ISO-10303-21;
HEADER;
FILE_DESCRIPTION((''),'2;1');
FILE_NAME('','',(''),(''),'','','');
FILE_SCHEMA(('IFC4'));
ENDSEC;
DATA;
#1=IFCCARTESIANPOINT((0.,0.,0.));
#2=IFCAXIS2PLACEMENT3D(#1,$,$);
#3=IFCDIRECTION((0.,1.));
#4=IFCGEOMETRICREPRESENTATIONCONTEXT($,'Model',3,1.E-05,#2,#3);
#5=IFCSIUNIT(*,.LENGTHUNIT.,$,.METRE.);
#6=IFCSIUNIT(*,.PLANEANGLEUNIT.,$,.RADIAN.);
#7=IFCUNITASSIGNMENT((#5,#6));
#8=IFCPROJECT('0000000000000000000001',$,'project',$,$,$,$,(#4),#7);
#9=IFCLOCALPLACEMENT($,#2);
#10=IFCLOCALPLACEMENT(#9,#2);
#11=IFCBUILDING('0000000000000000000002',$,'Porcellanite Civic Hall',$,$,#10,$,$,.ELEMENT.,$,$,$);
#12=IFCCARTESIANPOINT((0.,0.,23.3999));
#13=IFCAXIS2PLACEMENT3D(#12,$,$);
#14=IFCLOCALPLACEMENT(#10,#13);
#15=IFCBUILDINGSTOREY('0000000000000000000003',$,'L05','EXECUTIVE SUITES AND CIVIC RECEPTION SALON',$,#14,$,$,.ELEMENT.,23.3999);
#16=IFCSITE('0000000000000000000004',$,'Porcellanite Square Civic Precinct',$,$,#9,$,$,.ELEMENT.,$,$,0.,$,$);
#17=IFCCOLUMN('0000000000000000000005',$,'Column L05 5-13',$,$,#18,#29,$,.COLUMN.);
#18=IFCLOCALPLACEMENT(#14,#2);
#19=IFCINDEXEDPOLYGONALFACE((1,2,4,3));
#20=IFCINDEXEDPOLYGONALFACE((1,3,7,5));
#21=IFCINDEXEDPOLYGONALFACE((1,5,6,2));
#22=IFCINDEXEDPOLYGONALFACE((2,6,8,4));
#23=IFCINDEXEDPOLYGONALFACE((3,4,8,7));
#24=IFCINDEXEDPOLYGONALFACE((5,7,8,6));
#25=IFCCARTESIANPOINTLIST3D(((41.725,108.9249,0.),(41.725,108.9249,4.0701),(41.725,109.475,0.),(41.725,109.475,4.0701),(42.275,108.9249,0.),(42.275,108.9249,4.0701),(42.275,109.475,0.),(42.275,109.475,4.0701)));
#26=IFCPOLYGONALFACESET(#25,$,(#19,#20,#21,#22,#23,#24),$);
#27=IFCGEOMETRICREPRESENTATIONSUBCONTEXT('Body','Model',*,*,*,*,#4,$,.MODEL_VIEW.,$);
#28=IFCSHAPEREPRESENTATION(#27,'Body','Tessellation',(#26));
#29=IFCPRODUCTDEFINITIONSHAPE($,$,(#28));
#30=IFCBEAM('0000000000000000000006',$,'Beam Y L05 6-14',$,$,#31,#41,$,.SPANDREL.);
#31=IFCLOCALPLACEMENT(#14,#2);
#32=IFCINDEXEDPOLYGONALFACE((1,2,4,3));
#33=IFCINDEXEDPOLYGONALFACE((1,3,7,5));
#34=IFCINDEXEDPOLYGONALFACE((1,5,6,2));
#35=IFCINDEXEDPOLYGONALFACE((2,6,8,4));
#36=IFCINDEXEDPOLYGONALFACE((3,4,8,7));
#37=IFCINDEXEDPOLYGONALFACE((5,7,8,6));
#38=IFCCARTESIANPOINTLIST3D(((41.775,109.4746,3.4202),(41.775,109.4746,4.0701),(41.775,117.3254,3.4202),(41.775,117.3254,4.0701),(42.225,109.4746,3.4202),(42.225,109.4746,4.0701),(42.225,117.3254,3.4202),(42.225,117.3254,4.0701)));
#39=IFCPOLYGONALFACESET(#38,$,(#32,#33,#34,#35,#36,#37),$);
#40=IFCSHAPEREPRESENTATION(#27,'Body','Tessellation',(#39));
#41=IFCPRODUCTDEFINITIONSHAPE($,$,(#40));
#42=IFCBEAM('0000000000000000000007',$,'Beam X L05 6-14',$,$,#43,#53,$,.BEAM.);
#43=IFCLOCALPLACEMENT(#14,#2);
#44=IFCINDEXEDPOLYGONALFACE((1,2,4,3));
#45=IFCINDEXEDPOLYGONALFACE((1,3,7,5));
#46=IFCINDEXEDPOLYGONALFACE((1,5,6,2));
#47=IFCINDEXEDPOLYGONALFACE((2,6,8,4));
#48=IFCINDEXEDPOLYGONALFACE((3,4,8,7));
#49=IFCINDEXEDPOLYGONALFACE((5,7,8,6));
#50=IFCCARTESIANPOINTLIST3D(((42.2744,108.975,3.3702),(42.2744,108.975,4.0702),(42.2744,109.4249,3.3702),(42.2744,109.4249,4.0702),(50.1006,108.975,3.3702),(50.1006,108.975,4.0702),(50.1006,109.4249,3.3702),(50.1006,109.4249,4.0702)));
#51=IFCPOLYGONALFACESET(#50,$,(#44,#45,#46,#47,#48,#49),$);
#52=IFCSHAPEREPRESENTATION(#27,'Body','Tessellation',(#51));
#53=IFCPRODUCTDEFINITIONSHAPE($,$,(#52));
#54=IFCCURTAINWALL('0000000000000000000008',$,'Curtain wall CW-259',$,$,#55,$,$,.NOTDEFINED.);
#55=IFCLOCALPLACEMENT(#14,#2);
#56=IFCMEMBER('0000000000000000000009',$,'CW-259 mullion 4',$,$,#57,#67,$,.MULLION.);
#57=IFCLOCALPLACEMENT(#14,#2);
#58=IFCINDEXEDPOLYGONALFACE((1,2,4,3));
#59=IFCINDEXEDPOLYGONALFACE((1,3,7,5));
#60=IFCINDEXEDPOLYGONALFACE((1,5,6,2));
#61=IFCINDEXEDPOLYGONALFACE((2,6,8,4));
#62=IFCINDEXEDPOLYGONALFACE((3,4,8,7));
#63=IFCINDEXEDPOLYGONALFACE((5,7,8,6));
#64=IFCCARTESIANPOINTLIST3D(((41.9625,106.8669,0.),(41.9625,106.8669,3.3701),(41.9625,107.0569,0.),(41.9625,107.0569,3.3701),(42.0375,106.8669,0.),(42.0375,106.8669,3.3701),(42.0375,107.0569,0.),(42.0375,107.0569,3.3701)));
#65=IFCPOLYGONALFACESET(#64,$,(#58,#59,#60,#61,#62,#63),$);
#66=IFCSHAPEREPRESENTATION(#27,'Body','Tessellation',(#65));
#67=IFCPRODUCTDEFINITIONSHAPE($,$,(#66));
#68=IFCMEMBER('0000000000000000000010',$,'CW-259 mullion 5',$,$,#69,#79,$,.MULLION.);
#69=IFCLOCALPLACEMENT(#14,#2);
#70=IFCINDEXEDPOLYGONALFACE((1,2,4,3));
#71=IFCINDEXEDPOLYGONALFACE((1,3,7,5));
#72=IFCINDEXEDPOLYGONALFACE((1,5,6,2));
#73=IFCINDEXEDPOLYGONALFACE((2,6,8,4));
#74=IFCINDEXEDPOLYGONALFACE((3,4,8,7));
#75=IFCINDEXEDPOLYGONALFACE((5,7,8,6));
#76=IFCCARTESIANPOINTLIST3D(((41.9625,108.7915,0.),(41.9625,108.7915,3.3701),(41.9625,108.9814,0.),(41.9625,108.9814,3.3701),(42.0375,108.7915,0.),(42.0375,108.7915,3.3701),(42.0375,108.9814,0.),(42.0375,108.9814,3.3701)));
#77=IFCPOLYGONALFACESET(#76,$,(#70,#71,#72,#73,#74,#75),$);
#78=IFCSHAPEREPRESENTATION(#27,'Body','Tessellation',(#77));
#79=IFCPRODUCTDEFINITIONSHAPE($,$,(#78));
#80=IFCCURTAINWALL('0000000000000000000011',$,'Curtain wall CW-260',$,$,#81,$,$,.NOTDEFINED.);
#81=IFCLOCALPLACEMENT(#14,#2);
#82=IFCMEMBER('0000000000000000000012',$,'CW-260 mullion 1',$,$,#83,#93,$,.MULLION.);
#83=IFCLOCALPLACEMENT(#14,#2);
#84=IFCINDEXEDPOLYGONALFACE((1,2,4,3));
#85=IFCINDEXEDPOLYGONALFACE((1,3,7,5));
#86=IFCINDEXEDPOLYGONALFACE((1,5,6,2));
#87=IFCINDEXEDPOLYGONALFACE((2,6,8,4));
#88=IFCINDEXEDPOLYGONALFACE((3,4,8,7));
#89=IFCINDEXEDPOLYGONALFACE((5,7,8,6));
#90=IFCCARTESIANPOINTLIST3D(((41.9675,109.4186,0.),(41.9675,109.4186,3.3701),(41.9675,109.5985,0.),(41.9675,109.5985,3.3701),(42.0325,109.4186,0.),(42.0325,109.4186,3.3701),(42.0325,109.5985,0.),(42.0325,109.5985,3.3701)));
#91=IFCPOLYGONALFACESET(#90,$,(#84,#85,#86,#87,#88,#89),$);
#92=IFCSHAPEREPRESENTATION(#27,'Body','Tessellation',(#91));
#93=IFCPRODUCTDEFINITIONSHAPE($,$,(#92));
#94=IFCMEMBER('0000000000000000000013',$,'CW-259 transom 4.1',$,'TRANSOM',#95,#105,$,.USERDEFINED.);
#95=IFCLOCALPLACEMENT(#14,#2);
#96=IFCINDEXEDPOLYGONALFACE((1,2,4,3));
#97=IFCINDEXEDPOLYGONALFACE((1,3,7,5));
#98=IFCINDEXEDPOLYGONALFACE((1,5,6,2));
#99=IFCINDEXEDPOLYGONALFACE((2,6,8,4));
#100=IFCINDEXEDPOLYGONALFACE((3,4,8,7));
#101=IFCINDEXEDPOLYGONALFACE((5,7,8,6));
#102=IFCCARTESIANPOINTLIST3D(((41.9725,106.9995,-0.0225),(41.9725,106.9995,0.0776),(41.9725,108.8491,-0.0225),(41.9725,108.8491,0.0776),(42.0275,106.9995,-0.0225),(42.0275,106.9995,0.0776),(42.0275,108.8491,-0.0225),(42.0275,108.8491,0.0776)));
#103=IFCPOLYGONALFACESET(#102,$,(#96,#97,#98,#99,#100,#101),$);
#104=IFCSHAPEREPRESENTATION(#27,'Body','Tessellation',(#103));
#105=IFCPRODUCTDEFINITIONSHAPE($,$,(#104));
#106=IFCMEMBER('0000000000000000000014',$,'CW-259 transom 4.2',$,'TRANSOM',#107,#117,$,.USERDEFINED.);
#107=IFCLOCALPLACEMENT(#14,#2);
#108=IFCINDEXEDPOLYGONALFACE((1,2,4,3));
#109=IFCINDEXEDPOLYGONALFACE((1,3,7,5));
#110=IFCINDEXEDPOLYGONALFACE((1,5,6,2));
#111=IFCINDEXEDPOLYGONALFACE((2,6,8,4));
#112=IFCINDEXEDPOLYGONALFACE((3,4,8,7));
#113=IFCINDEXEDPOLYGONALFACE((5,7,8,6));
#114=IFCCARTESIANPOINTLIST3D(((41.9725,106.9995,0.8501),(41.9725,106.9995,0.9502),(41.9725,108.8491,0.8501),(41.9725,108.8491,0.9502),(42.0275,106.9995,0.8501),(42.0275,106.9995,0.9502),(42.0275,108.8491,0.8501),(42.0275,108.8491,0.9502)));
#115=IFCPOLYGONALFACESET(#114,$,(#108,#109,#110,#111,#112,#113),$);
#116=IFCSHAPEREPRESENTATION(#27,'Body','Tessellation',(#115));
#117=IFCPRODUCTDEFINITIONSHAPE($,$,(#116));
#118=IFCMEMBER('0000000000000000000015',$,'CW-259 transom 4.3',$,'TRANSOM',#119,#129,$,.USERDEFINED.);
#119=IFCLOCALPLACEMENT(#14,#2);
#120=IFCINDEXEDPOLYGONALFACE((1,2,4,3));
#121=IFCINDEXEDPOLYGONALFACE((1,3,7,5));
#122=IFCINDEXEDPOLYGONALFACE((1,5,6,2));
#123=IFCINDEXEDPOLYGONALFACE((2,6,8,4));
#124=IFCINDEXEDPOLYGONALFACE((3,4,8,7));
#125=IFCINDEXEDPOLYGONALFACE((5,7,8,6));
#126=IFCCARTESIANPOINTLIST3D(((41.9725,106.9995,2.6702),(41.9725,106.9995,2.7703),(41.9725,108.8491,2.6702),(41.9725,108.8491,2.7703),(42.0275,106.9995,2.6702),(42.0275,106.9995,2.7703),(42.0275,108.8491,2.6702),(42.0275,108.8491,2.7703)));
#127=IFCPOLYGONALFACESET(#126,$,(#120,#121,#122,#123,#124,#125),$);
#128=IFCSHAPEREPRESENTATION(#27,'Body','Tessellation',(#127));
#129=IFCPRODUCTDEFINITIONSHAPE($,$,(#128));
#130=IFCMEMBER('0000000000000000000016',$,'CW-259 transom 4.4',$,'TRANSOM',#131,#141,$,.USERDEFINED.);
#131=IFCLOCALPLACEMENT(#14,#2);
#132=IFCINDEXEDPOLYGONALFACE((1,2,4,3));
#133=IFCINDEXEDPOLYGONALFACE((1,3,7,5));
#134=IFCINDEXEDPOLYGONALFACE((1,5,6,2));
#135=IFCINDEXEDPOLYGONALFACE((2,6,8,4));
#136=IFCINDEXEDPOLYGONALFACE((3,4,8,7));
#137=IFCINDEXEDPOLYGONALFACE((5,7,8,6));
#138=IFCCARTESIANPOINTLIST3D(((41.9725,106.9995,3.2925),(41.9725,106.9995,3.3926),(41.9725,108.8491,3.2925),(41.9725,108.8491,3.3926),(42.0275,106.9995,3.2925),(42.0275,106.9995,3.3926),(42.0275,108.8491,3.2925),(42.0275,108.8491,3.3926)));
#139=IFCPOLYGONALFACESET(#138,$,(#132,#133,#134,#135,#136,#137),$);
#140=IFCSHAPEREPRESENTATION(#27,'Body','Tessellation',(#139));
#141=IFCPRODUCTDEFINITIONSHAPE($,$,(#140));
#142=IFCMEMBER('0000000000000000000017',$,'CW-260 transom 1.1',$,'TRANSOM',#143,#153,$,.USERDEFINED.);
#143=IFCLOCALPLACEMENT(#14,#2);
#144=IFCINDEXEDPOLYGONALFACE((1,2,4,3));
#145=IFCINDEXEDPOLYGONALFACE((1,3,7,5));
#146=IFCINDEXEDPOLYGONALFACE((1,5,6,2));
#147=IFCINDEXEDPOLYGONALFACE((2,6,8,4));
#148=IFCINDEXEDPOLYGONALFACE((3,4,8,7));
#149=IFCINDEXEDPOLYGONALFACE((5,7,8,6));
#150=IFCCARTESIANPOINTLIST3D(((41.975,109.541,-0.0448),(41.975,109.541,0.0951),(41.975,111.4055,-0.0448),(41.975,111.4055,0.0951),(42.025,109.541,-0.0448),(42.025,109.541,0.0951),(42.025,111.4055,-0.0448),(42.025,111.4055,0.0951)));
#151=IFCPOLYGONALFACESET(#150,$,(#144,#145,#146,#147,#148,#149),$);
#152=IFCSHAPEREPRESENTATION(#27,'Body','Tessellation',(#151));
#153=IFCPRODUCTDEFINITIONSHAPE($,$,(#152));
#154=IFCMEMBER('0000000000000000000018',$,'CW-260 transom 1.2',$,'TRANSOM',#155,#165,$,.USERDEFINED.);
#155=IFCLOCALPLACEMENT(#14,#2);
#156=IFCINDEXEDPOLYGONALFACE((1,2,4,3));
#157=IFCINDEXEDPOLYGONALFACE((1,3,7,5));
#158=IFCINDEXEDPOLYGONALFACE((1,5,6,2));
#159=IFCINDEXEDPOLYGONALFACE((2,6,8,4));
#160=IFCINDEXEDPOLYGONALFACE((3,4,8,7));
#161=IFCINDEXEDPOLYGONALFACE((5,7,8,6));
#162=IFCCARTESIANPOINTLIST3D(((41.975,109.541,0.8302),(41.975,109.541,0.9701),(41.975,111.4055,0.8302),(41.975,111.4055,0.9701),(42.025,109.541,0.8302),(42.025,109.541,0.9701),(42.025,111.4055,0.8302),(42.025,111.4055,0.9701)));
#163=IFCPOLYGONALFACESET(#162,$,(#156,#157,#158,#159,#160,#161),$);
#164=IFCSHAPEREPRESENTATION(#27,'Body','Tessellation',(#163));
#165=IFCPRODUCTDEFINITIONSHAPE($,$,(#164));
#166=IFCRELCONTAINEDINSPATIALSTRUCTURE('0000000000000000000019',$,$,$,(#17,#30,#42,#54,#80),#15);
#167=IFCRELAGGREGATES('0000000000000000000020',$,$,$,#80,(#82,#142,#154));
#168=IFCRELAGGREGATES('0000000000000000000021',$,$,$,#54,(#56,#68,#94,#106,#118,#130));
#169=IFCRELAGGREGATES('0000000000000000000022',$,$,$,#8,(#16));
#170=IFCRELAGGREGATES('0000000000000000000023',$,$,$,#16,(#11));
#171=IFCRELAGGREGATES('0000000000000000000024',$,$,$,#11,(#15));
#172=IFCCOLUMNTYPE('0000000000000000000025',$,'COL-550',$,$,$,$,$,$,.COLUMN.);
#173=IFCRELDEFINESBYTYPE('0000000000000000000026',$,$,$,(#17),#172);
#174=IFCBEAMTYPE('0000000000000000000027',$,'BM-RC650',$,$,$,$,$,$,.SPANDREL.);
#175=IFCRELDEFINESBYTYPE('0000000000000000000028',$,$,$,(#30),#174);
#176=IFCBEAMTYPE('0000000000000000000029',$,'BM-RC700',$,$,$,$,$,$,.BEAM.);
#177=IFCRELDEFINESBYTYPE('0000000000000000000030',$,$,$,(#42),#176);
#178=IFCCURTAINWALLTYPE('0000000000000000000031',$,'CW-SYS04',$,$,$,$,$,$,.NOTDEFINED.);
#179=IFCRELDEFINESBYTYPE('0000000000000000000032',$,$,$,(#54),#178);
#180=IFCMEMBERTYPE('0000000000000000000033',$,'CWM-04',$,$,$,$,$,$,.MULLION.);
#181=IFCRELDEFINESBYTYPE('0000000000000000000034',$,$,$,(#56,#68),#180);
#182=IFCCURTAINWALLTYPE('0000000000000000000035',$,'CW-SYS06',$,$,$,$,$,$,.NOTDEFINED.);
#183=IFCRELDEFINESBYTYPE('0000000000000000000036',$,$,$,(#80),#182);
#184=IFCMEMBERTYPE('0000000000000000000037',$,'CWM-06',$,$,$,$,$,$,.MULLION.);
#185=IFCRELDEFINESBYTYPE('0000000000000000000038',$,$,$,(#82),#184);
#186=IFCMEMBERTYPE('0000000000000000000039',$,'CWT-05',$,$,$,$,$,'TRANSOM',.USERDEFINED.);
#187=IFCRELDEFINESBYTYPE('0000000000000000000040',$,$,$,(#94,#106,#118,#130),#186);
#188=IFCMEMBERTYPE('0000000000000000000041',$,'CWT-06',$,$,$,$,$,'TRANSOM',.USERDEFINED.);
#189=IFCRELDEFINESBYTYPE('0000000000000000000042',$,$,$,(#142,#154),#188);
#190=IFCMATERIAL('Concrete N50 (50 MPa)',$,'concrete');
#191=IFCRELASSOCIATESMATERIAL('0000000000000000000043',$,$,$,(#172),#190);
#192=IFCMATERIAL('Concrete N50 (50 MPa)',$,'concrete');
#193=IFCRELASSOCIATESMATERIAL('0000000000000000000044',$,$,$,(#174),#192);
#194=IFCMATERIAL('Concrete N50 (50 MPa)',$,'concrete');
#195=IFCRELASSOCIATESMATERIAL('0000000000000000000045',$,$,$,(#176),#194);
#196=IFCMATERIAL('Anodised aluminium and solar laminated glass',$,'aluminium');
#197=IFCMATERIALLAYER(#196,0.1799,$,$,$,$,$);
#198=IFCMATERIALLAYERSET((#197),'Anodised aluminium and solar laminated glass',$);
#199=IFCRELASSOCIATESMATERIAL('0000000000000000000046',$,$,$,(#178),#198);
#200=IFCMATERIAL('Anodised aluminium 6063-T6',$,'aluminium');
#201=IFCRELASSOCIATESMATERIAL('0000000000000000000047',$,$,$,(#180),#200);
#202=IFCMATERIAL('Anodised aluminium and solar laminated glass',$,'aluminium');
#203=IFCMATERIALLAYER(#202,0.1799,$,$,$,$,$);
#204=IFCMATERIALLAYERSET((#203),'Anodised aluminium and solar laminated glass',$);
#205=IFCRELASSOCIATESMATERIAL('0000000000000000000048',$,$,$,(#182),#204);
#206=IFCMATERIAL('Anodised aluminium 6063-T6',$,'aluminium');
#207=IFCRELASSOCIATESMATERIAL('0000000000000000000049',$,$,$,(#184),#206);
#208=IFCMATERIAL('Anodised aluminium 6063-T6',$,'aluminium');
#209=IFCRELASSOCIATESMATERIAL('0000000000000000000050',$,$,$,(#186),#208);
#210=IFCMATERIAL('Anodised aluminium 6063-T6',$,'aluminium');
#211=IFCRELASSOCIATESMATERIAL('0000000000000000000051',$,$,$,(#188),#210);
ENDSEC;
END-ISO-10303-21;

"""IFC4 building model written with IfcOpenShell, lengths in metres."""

from ifc_helpers import new_model, si_unit, direction, frame, origin, origin_2d, place, context, subcontext, project, spatial, rectangle, extrude, material, layer, layer_set, material_profile, profile_set, type_object, element, aggregate, save


model = new_model("IFC4")

# Units and contexts
model_context = context("Model", 3, precision=1e-05, world=origin(), true_north=direction((0.0, 1.0)))
body_context = subcontext(model_context, "Body", "Model", "MODEL_VIEW")
ifc_project = project(units=[si_unit("LENGTHUNIT", "METRE"), si_unit("PLANEANGLEUNIT", "RADIAN")], contexts=[model_context])

# Site, building, storey
site_placement = place(None, origin())
site = spatial("IfcSite", under=ifc_project, at=site_placement, Name="Porcellanite Square Civic Precinct", CompositionType="ELEMENT", RefElevation=0.0)
building_placement = place(site_placement, origin())
building = spatial("IfcBuilding", under=site, at=building_placement, Name="Porcellanite Civic Hall", CompositionType="ELEMENT")
storey_placement = place(building_placement, frame((0.0, 0.0, 23.3999)))
storey = spatial("IfcBuildingStorey", under=building, at=storey_placement, Name="L05", Description="EXECUTIVE SUITES AND CIVIC RECEPTION SALON", CompositionType="ELEMENT", Elevation=23.3999)

# Column
ifc_material_1 = material(Name="Concrete N50 (50 MPa)", Category="concrete")
ifc_material_profile_1 = material_profile(ifc_material_1, rectangle(XDim=0.55, YDim=0.55, at=origin_2d()), Name="RC-550x550")
ifc_profile_set_1 = profile_set([ifc_material_profile_1], Name="Concrete N50 (50 MPa)")
column_type = type_object("IfcColumnType", Name="COL-550", PredefinedType="COLUMN", material=ifc_profile_set_1)
column_placement = place(storey_placement, frame((42.0, 109.2, 0.0), z_axis=(0.0, 0.0, 1.0), x_axis=(1.0, 0.0, 0.0)))
element("IfcColumn", 1, at=column_placement, inside=storey, type_object=column_type, Name="Column L05 5-13", PredefinedType="COLUMN", context=body_context, shape_type="SweptSolid", body=[
    extrude(rectangle(XDim=0.55, YDim=0.55, at=origin_2d()), origin(), (0.0, 0.0, 1.0), 4.0701),
])

# Beams
ifc_material_2 = material(Name="Concrete N50 (50 MPa)", Category="concrete")
ifc_material_profile_2 = material_profile(ifc_material_2, rectangle(XDim=0.45, YDim=0.6499, at=origin_2d()), Name="RC-450x650")
ifc_profile_set_2 = profile_set([ifc_material_profile_2], Name="Concrete N50 (50 MPa)")
beam_type_1 = type_object("IfcBeamType", Name="BM-RC650", PredefinedType="SPANDREL", material=ifc_profile_set_2)
beam_1_placement = place(storey_placement, frame((42.0, 109.4746, 3.7451), z_axis=(0.0, 1.0, 0.0), x_axis=(-1.0, 0.0, 0.0)))
element("IfcBeam", 2, at=beam_1_placement, inside=storey, type_object=beam_type_1, Name="Beam Y L05 6-14", PredefinedType="SPANDREL", context=body_context, shape_type="SweptSolid", body=[
    extrude(rectangle(XDim=0.45, YDim=0.6499, at=origin_2d()), origin(), (0.0, 0.0, 1.0), 7.8508),
])
ifc_material_3 = material(Name="Concrete N50 (50 MPa)", Category="concrete")
ifc_material_profile_3 = material_profile(ifc_material_3, rectangle(XDim=0.45, YDim=0.7, at=origin_2d()), Name="RC-450x700")
ifc_profile_set_3 = profile_set([ifc_material_profile_3], Name="Concrete N50 (50 MPa)")
beam_type_2 = type_object("IfcBeamType", Name="BM-RC700", PredefinedType="BEAM", material=ifc_profile_set_3)
beam_2_placement = place(storey_placement, frame((42.2744, 109.2, 3.7202), z_axis=(1.0, 0.0, 0.0), x_axis=(0.0, 1.0, 0.0)))
element("IfcBeam", 3, at=beam_2_placement, inside=storey, type_object=beam_type_2, Name="Beam X L05 6-14", PredefinedType="BEAM", context=body_context, shape_type="SweptSolid", body=[
    extrude(rectangle(XDim=0.45, YDim=0.7, at=origin_2d()), origin(), (0.0, 0.0, 1.0), 7.8262),
])

# Curtain wall, members
ifc_material_4 = material(Name="Anodised aluminium and solar laminated glass", Category="aluminium")
ifc_layer_1 = layer(ifc_material_4, 0.1799)
ifc_layer_set_1 = layer_set([ifc_layer_1], Name="Anodised aluminium and solar laminated glass")
curtain_wall_type_1 = type_object("IfcCurtainWallType", Name="CW-SYS04", PredefinedType="NOTDEFINED", material=ifc_layer_set_1)
curtain_wall_1_placement = place(storey_placement, origin())
curtain_wall_1 = element("IfcCurtainWall", 4, at=curtain_wall_1_placement, inside=storey, type_object=curtain_wall_type_1, Name="Curtain wall CW-259", PredefinedType="NOTDEFINED")
ifc_material_5 = material(Name="Anodised aluminium 6063-T6", Category="aluminium")
ifc_material_profile_4 = material_profile(ifc_material_5, rectangle(XDim=0.075, YDim=0.1899, at=origin_2d()), Name="AL-75x190")
ifc_profile_set_4 = profile_set([ifc_material_profile_4], Name="Anodised aluminium 6063-T6")
member_type_1 = type_object("IfcMemberType", Name="CWM-04", PredefinedType="MULLION", material=ifc_profile_set_4)
member_1_placement = place(storey_placement, frame((42.0, 106.9619, 0.0), z_axis=(0.0, 0.0, 1.0), x_axis=(-1.0, 0.0, 0.0)))
member_1 = element("IfcMember", 5, at=member_1_placement, type_object=member_type_1, Name="CW-259 mullion 4", PredefinedType="MULLION", context=body_context, shape_type="SweptSolid", body=[
    extrude(rectangle(XDim=0.075, YDim=0.1899, at=origin_2d()), origin(), (0.0, 0.0, 1.0), 3.3701),
])
member_2_placement = place(storey_placement, frame((42.0, 108.8865, 0.0), z_axis=(0.0, 0.0, 1.0), x_axis=(-1.0, 0.0, 0.0)))
member_2 = element("IfcMember", 6, at=member_2_placement, type_object=member_type_1, Name="CW-259 mullion 5", PredefinedType="MULLION", context=body_context, shape_type="SweptSolid", body=[
    extrude(rectangle(XDim=0.075, YDim=0.1899, at=origin_2d()), origin(), (0.0, 0.0, 1.0), 3.3701),
])

# Curtain wall, member
ifc_material_6 = material(Name="Anodised aluminium and solar laminated glass", Category="aluminium")
ifc_layer_2 = layer(ifc_material_6, 0.1799)
ifc_layer_set_2 = layer_set([ifc_layer_2], Name="Anodised aluminium and solar laminated glass")
curtain_wall_type_2 = type_object("IfcCurtainWallType", Name="CW-SYS06", PredefinedType="NOTDEFINED", material=ifc_layer_set_2)
curtain_wall_2_placement = place(storey_placement, origin())
curtain_wall_2 = element("IfcCurtainWall", 7, at=curtain_wall_2_placement, inside=storey, type_object=curtain_wall_type_2, Name="Curtain wall CW-260", PredefinedType="NOTDEFINED")
ifc_material_7 = material(Name="Anodised aluminium 6063-T6", Category="aluminium")
ifc_material_profile_5 = material_profile(ifc_material_7, rectangle(XDim=0.0649, YDim=0.1799, at=origin_2d()), Name="AL-65x180")
ifc_profile_set_5 = profile_set([ifc_material_profile_5], Name="Anodised aluminium 6063-T6")
member_type_2 = type_object("IfcMemberType", Name="CWM-06", PredefinedType="MULLION", material=ifc_profile_set_5)
member_3_placement = place(storey_placement, frame((42.0, 109.5085, 0.0), z_axis=(0.0, 0.0, 1.0), x_axis=(-1.0, 0.0, 0.0)))
member_3 = element("IfcMember", 8, at=member_3_placement, type_object=member_type_2, Name="CW-260 mullion 1", PredefinedType="MULLION", context=body_context, shape_type="SweptSolid", body=[
    extrude(rectangle(XDim=0.0649, YDim=0.1799, at=origin_2d()), origin(), (0.0, 0.0, 1.0), 3.3701),
])

# Members
ifc_material_8 = material(Name="Anodised aluminium 6063-T6", Category="aluminium")
ifc_material_profile_6 = material_profile(ifc_material_8, rectangle(XDim=0.0549, YDim=0.1001, at=origin_2d()), Name="AL-55x100")
ifc_profile_set_6 = profile_set([ifc_material_profile_6], Name="Anodised aluminium 6063-T6")
member_type_3 = type_object("IfcMemberType", Name="CWT-05", ElementType="TRANSOM", PredefinedType="USERDEFINED", material=ifc_profile_set_6)
member_4_placement = place(storey_placement, frame((42.0, 106.9995, 0.0276), z_axis=(0.0, 1.0, 0.0), x_axis=(-1.0, 0.0, 0.0)))
member_4 = element("IfcMember", 9, at=member_4_placement, type_object=member_type_3, Name="CW-259 transom 4.1", ObjectType="TRANSOM", PredefinedType="USERDEFINED", context=body_context, shape_type="SweptSolid", body=[
    extrude(rectangle(XDim=0.0549, YDim=0.1001, at=origin_2d()), origin(), (0.0, 0.0, 1.0), 1.8496),
])
member_5_placement = place(storey_placement, frame((42.0, 106.9995, 0.9001), z_axis=(0.0, 1.0, 0.0), x_axis=(-1.0, 0.0, 0.0)))
member_5 = element("IfcMember", 10, at=member_5_placement, type_object=member_type_3, Name="CW-259 transom 4.2", ObjectType="TRANSOM", PredefinedType="USERDEFINED", context=body_context, shape_type="SweptSolid", body=[
    extrude(rectangle(XDim=0.0549, YDim=0.1001, at=origin_2d()), origin(), (0.0, 0.0, 1.0), 1.8496),
])
member_6_placement = place(storey_placement, frame((42.0, 106.9995, 2.7202), z_axis=(0.0, 1.0, 0.0), x_axis=(-1.0, 0.0, 0.0)))
member_6 = element("IfcMember", 11, at=member_6_placement, type_object=member_type_3, Name="CW-259 transom 4.3", ObjectType="TRANSOM", PredefinedType="USERDEFINED", context=body_context, shape_type="SweptSolid", body=[
    extrude(rectangle(XDim=0.0549, YDim=0.1001, at=origin_2d()), origin(), (0.0, 0.0, 1.0), 1.8496),
])
member_7_placement = place(storey_placement, frame((42.0, 106.9995, 3.3425), z_axis=(0.0, 1.0, 0.0), x_axis=(-1.0, 0.0, 0.0)))
member_7 = element("IfcMember", 12, at=member_7_placement, type_object=member_type_3, Name="CW-259 transom 4.4", ObjectType="TRANSOM", PredefinedType="USERDEFINED", context=body_context, shape_type="SweptSolid", body=[
    extrude(rectangle(XDim=0.0549, YDim=0.1001, at=origin_2d()), origin(), (0.0, 0.0, 1.0), 1.8496),
])
ifc_material_9 = material(Name="Anodised aluminium 6063-T6", Category="aluminium")
ifc_material_profile_7 = material_profile(ifc_material_9, rectangle(XDim=0.05, YDim=0.1399, at=origin_2d()), Name="AL-50x140")
ifc_profile_set_7 = profile_set([ifc_material_profile_7], Name="Anodised aluminium 6063-T6")
member_type_4 = type_object("IfcMemberType", Name="CWT-06", ElementType="TRANSOM", PredefinedType="USERDEFINED", material=ifc_profile_set_7)
member_8_placement = place(storey_placement, frame((42.0, 109.541, 0.0251), z_axis=(0.0, 1.0, 0.0), x_axis=(-1.0, 0.0, 0.0)))
member_8 = element("IfcMember", 13, at=member_8_placement, type_object=member_type_4, Name="CW-260 transom 1.1", ObjectType="TRANSOM", PredefinedType="USERDEFINED", context=body_context, shape_type="SweptSolid", body=[
    extrude(rectangle(XDim=0.05, YDim=0.1399, at=origin_2d()), origin(), (0.0, 0.0, 1.0), 1.8645),
])
member_9_placement = place(storey_placement, frame((42.0, 109.541, 0.9001), z_axis=(0.0, 1.0, 0.0), x_axis=(-1.0, 0.0, 0.0)))
member_9 = element("IfcMember", 14, at=member_9_placement, type_object=member_type_4, Name="CW-260 transom 1.2", ObjectType="TRANSOM", PredefinedType="USERDEFINED", context=body_context, shape_type="SweptSolid", body=[
    extrude(rectangle(XDim=0.05, YDim=0.1399, at=origin_2d()), origin(), (0.0, 0.0, 1.0), 1.8645),
])
aggregate(curtain_wall_2, [member_3, member_8, member_9])

aggregate(curtain_wall_1, [member_1, member_2, member_4, member_5, member_6, member_7])

save(model, "model.ifc")
